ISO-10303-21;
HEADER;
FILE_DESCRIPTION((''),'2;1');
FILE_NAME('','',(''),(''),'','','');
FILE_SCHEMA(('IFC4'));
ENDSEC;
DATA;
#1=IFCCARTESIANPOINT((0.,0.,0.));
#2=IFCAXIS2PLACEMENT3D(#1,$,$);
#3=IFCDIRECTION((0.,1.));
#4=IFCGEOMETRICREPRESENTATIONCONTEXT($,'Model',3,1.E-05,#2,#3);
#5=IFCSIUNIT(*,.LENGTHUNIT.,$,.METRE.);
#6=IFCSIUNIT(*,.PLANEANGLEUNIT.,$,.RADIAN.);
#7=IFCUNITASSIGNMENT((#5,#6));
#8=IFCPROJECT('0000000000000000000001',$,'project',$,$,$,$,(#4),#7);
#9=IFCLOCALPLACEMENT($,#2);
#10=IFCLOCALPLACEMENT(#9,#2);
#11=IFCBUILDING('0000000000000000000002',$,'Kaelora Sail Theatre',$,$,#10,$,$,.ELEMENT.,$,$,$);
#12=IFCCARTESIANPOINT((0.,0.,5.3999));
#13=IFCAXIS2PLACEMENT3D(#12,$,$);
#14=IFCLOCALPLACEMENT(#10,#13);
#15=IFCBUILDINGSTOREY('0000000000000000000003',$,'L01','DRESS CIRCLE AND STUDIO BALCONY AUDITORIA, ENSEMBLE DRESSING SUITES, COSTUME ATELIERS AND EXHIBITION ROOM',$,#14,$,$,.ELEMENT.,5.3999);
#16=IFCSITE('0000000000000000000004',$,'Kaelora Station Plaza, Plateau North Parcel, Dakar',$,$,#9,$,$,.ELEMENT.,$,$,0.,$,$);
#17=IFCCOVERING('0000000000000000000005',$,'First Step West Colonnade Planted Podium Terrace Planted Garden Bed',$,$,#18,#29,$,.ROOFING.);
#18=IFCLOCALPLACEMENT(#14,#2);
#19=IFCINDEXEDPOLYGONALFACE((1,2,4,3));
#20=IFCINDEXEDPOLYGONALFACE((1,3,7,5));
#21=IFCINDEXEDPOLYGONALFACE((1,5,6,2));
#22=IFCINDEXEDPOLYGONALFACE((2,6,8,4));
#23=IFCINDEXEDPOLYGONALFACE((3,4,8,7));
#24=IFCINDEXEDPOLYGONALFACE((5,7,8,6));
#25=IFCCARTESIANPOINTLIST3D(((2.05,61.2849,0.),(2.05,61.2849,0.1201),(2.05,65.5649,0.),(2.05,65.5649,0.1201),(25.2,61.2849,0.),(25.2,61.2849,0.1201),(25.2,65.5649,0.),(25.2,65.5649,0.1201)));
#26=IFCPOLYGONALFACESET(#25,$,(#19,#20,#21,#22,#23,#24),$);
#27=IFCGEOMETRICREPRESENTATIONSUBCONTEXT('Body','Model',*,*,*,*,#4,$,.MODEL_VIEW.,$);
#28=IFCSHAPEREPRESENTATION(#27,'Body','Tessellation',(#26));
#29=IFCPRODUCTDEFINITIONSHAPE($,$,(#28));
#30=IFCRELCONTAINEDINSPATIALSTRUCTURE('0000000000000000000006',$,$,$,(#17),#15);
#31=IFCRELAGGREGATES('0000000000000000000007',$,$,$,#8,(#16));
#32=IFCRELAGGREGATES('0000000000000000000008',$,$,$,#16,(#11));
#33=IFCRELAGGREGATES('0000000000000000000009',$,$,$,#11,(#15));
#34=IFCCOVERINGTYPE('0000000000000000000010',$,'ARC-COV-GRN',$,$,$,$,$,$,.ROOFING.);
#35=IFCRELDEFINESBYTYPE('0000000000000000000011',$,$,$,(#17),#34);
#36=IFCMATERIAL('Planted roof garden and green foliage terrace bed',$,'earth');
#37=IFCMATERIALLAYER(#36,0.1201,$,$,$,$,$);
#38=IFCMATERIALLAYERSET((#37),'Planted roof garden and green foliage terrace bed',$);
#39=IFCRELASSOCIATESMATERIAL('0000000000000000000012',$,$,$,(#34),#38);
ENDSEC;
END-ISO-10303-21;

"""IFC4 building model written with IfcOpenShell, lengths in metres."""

from ifc_helpers import new_model, si_unit, direction, frame, origin, place, context, subcontext, project, spatial, polyline, outline, extrude, material, layer, layer_set, type_object, element, save


model = new_model("IFC4")

# Units and contexts
model_context = context("Model", 3, precision=1e-05, world=origin(), true_north=direction((0.0, 1.0)))
body_context = subcontext(model_context, "Body", "Model", "MODEL_VIEW")
ifc_project = project(units=[si_unit("LENGTHUNIT", "METRE"), si_unit("PLANEANGLEUNIT", "RADIAN")], contexts=[model_context])

# Site, building, storey
site_placement = place(None, origin())
site = spatial("IfcSite", under=ifc_project, at=site_placement, Name="Kaelora Station Plaza, Plateau North Parcel, Dakar", CompositionType="ELEMENT", RefElevation=0.0)
building_placement = place(site_placement, origin())
building = spatial("IfcBuilding", under=site, at=building_placement, Name="Kaelora Sail Theatre", CompositionType="ELEMENT")
storey_placement = place(building_placement, frame((0.0, 0.0, 5.3999)))
storey = spatial("IfcBuildingStorey", under=building, at=storey_placement, Name="L01", Description="DRESS CIRCLE AND STUDIO BALCONY AUDITORIA, ENSEMBLE DRESSING SUITES, COSTUME ATELIERS AND EXHIBITION ROOM", CompositionType="ELEMENT", Elevation=5.3999)

# Covering
ifc_material_1 = material(Name="Planted roof garden and green foliage terrace bed", Category="earth")
ifc_layer_1 = layer(ifc_material_1, 0.1201)
ifc_layer_set_1 = layer_set([ifc_layer_1], Name="Planted roof garden and green foliage terrace bed")
covering_type = type_object("IfcCoveringType", Name="ARC-COV-GRN", PredefinedType="ROOFING", material=ifc_layer_set_1)
covering_placement = place(storey_placement, origin())
element("IfcCovering", 1, at=covering_placement, inside=storey, type_object=covering_type, Name="First Step West Colonnade Planted Podium Terrace Planted Garden Bed", PredefinedType="ROOFING", context=body_context, shape_type="SweptSolid", body=[
    extrude(outline(polyline([(2.05, 61.2849), (25.2, 61.2849), (25.2, 65.5649), (2.05, 65.5649), (2.05, 61.2849)])), origin(), (0.0, 0.0, 1.0), 0.1201),
])

save(model, "model.ifc")
